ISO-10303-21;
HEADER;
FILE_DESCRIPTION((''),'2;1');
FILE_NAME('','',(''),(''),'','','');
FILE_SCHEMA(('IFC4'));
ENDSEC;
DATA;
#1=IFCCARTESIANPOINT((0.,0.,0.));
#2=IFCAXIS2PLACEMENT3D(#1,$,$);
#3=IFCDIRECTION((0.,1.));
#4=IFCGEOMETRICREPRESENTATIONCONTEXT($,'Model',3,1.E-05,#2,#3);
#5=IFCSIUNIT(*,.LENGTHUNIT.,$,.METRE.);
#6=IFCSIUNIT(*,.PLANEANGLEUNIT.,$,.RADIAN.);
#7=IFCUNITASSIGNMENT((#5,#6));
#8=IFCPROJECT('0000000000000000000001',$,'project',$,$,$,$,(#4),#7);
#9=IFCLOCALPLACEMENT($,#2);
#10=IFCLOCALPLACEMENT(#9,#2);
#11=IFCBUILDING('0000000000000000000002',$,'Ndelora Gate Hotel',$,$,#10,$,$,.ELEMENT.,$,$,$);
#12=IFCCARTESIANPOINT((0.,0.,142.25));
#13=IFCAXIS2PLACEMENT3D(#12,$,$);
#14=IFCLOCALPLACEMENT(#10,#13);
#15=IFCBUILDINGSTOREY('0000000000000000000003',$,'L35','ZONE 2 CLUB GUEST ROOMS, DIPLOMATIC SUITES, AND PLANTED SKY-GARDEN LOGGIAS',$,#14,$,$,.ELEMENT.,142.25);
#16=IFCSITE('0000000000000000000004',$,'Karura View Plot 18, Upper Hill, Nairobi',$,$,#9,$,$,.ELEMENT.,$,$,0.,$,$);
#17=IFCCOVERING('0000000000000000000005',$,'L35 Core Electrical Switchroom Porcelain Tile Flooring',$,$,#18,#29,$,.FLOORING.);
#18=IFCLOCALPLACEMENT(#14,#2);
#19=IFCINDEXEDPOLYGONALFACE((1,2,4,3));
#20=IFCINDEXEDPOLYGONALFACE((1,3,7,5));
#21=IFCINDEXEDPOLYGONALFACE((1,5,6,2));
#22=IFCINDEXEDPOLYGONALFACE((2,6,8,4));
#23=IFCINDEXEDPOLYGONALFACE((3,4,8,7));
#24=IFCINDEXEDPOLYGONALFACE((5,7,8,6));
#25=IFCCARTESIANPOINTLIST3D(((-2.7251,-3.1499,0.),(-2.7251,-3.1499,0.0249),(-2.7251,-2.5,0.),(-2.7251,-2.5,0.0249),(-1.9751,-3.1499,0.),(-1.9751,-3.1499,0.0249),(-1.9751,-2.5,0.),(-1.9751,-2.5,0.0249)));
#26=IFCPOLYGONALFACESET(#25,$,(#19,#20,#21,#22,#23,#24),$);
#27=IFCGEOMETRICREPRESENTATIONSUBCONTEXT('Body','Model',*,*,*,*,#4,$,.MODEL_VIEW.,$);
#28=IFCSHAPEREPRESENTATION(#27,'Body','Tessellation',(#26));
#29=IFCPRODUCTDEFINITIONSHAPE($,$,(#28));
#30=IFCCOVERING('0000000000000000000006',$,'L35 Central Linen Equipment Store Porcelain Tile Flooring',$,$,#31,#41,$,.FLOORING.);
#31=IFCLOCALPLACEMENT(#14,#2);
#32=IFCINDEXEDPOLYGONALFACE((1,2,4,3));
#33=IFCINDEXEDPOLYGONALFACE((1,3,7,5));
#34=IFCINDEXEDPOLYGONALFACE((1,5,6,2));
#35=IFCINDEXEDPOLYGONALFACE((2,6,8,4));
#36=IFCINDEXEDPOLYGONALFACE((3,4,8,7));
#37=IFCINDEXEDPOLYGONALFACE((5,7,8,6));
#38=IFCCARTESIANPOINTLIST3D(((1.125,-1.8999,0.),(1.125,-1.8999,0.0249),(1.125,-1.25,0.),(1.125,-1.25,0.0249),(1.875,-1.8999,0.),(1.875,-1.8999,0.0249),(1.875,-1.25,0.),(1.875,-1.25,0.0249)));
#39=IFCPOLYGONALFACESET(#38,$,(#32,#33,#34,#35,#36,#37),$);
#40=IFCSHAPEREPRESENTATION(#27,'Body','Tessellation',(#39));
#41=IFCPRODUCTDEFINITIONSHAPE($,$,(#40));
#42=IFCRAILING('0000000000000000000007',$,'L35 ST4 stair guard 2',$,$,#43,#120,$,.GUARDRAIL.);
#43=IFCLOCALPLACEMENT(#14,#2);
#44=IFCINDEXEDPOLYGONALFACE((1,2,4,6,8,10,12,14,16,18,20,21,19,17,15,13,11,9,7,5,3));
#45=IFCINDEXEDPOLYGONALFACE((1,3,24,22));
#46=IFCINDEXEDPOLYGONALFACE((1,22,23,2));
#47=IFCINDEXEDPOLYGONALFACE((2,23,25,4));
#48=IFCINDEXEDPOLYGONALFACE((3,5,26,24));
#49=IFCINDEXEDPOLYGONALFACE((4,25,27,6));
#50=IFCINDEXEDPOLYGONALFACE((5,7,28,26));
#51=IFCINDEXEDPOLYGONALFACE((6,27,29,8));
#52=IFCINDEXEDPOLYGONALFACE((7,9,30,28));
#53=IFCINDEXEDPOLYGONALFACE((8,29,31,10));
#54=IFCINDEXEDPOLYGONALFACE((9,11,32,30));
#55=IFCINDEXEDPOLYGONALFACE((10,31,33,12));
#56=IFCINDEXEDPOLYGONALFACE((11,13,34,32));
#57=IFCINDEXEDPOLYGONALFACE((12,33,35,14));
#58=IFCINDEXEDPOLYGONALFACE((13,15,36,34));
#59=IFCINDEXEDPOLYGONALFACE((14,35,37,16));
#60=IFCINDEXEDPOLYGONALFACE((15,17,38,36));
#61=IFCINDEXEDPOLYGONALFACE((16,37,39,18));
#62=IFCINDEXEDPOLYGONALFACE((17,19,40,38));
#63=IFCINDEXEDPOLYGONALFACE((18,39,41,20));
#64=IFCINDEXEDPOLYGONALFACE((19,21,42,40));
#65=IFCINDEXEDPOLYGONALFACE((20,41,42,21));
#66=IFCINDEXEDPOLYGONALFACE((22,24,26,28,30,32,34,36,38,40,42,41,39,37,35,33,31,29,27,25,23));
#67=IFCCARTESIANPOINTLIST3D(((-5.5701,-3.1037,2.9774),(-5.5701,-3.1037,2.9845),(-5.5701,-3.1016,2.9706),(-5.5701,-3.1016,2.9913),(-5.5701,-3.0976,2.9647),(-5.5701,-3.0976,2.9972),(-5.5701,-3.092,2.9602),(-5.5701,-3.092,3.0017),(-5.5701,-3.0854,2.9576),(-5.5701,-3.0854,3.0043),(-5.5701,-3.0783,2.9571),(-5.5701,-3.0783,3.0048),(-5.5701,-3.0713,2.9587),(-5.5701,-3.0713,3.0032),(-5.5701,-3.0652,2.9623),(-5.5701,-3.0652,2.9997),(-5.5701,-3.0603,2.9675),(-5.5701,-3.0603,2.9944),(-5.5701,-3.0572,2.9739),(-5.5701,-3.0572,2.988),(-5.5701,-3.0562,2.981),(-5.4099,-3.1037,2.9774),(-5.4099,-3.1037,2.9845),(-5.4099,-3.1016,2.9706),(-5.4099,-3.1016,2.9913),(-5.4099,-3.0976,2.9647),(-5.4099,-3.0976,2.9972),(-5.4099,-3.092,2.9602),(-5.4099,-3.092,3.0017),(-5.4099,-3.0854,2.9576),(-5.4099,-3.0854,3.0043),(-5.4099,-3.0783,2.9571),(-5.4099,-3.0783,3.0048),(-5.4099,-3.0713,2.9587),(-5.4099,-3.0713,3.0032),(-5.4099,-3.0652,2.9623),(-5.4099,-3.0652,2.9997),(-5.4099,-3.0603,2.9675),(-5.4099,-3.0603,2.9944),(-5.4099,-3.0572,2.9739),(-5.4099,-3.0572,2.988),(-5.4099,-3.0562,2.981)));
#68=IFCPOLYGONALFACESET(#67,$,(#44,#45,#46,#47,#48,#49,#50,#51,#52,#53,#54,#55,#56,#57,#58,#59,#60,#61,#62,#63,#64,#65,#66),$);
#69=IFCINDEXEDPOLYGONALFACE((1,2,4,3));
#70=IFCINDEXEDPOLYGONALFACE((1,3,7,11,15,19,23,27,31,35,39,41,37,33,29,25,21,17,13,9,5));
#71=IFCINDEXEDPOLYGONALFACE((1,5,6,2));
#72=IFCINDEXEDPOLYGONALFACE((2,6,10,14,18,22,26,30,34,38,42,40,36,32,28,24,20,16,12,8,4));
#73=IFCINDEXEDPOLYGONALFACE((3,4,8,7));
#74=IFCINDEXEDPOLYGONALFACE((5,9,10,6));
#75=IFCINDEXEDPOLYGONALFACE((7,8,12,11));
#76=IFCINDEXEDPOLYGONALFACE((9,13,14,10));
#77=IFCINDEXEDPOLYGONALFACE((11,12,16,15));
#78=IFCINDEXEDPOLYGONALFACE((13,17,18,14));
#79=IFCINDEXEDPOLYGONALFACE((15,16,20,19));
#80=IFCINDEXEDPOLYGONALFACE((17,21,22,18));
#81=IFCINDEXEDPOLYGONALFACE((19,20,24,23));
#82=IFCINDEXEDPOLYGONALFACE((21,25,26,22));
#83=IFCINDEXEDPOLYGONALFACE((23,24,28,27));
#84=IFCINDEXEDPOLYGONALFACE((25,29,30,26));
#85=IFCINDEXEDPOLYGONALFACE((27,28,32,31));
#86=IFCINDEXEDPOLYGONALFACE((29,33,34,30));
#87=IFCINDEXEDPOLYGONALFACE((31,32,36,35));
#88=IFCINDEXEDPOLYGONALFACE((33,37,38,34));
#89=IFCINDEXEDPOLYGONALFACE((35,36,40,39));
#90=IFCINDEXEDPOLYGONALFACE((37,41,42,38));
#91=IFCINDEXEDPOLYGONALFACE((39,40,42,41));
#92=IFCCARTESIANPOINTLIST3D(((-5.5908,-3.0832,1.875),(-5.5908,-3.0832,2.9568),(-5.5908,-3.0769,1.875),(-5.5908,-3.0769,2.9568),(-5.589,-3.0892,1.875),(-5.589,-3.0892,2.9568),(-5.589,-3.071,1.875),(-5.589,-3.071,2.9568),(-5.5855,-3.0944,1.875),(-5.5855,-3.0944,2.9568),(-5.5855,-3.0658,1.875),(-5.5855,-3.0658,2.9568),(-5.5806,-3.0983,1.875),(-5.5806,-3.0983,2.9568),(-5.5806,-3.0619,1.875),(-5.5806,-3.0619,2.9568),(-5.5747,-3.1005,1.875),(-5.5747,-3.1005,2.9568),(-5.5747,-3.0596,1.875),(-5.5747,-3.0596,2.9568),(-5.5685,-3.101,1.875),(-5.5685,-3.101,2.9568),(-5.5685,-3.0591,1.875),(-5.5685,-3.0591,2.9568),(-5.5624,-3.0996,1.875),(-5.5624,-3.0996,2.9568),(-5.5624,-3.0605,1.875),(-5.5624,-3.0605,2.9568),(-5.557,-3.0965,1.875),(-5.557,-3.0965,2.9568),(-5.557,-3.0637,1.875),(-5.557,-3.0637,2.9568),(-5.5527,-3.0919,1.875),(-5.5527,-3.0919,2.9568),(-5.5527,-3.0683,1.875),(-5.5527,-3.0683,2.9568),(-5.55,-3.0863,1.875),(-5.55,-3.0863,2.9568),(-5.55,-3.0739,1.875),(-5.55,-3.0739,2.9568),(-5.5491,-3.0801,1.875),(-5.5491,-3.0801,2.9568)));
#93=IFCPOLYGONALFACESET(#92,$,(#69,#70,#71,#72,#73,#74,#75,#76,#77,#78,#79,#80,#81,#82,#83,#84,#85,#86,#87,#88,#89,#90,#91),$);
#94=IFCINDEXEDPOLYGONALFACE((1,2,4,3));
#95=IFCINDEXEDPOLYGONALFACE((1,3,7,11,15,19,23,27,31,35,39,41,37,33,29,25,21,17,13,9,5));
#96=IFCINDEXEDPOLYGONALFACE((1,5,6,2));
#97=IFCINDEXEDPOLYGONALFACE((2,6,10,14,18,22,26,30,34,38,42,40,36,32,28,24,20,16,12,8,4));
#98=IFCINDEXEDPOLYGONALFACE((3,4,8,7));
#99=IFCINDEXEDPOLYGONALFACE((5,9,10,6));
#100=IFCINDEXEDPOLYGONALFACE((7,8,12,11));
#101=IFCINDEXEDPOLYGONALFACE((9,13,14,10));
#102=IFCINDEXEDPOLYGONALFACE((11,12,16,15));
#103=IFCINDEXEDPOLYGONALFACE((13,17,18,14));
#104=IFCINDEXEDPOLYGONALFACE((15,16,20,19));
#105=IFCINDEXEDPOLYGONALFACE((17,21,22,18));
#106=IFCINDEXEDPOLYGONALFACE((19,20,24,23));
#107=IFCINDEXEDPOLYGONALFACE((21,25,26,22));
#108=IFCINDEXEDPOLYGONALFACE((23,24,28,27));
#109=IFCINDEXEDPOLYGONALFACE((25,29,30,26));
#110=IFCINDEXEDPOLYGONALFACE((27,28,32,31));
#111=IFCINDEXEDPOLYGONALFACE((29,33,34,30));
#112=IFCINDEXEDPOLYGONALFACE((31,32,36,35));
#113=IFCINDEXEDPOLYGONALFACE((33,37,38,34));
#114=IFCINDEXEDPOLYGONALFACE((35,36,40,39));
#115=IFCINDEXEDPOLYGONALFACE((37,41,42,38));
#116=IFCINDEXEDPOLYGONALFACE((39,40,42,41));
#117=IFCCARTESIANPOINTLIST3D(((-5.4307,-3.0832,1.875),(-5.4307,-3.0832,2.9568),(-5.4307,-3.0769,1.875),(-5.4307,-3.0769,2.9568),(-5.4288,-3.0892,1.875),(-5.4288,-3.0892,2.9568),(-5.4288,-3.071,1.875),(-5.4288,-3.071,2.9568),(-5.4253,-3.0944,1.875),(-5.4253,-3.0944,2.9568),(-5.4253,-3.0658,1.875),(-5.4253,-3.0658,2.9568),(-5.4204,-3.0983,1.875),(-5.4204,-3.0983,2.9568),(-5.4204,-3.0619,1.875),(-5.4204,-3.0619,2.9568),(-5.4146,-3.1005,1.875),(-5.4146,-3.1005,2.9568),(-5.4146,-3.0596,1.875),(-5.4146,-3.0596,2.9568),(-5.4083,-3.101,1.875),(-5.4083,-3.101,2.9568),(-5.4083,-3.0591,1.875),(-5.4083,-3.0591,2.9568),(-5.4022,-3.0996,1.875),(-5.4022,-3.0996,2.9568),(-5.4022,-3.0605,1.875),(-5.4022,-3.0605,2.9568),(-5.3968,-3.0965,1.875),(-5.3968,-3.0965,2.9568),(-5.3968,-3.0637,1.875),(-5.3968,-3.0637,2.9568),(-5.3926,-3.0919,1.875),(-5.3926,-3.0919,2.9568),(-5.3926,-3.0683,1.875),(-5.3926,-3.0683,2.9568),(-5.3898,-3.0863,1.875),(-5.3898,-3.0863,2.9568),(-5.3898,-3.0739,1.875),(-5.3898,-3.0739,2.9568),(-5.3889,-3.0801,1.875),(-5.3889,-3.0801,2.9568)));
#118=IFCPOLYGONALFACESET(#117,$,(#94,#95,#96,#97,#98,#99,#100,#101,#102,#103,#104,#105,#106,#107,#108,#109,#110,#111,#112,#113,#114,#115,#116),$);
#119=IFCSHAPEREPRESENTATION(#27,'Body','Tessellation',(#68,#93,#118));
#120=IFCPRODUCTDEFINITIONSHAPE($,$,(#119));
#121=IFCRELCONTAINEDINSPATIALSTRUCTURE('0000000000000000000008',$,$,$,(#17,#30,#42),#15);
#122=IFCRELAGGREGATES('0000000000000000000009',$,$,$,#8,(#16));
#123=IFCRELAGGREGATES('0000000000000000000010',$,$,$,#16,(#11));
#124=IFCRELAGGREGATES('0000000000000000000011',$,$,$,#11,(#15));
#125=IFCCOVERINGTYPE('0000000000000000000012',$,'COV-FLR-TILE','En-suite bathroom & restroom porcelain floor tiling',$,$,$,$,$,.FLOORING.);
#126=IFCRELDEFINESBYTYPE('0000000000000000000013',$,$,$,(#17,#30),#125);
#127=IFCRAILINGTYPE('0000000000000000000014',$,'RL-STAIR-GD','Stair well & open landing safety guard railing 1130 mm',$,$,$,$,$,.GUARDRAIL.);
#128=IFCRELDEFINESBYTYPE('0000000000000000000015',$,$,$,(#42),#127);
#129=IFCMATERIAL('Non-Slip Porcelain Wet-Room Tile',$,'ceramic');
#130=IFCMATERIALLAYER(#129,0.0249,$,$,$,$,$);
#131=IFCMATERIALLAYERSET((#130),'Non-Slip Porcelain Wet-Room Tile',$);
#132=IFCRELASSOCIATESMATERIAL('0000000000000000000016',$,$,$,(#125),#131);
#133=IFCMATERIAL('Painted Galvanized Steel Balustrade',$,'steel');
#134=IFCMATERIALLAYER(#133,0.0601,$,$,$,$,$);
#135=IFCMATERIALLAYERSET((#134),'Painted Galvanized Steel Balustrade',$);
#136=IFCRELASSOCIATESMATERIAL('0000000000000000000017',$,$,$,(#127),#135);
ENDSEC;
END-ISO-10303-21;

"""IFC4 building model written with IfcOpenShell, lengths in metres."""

from ifc_helpers import new_model, si_unit, direction, frame, origin, origin_2d, place, context, subcontext, project, spatial, rectangle, circle, extrude, material, layer, layer_set, type_object, element, save


model = new_model("IFC4")

# Units and contexts
model_context = context("Model", 3, precision=1e-05, world=origin(), true_north=direction((0.0, 1.0)))
body_context = subcontext(model_context, "Body", "Model", "MODEL_VIEW")
ifc_project = project(units=[si_unit("LENGTHUNIT", "METRE"), si_unit("PLANEANGLEUNIT", "RADIAN")], contexts=[model_context])

# Site, building, storey
site_placement = place(None, origin())
site = spatial("IfcSite", under=ifc_project, at=site_placement, Name="Karura View Plot 18, Upper Hill, Nairobi", CompositionType="ELEMENT", RefElevation=0.0)
building_placement = place(site_placement, origin())
building = spatial("IfcBuilding", under=site, at=building_placement, Name="Ndelora Gate Hotel", CompositionType="ELEMENT")
storey_placement = place(building_placement, frame((0.0, 0.0, 142.25)))
storey = spatial("IfcBuildingStorey", under=building, at=storey_placement, Name="L35", Description="ZONE 2 CLUB GUEST ROOMS, DIPLOMATIC SUITES, AND PLANTED SKY-GARDEN LOGGIAS", CompositionType="ELEMENT", Elevation=142.25)

# Coverings
ifc_material_1 = material(Name="Non-Slip Porcelain Wet-Room Tile", Category="ceramic")
ifc_layer_1 = layer(ifc_material_1, 0.0249)
ifc_layer_set_1 = layer_set([ifc_layer_1], Name="Non-Slip Porcelain Wet-Room Tile")
covering_type = type_object("IfcCoveringType", Name="COV-FLR-TILE", Description="En-suite bathroom & restroom porcelain floor tiling", PredefinedType="FLOORING", material=ifc_layer_set_1)
for number, where, z_axis, x_axis, name in (
    (1, (-2.3501, -2.825, 0.0), (0.0, 0.0, 1.0), (1.0, 0.0, 0.0), "L35 Core Electrical Switchroom Porcelain Tile Flooring"),
    (2, (1.5, -1.575, 0.0), (0.0, 0.0, 1.0), (1.0, 0.0, 0.0), "L35 Central Linen Equipment Store Porcelain Tile Flooring"),
):
    element("IfcCovering", number, at=place(storey_placement, frame(where, z_axis=z_axis, x_axis=x_axis)), inside=storey, type_object=covering_type, Name=name, PredefinedType="FLOORING", context=body_context, shape_type="SweptSolid", body=[
        extrude(rectangle(XDim=0.75, YDim=0.6499, at=origin_2d()), origin(), (0.0, 0.0, 1.0), 0.0249),
    ])

# Railing
ifc_material_2 = material(Name="Painted Galvanized Steel Balustrade", Category="steel")
ifc_layer_2 = layer(ifc_material_2, 0.0601)
ifc_layer_set_2 = layer_set([ifc_layer_2], Name="Painted Galvanized Steel Balustrade")
railing_type_1 = type_object("IfcRailingType", Name="RL-STAIR-GD", Description="Stair well & open landing safety guard railing 1130 mm", PredefinedType="GUARDRAIL", material=ifc_layer_set_2)
railing_1_placement = place(storey_placement, frame((-5.5701, -3.0801, 1.875)))
element("IfcRailing", 3, at=railing_1_placement, inside=storey, type_object=railing_type_1, Name="L35 ST4 stair guard 2", PredefinedType="GUARDRAIL", context=body_context, shape_type="SweptSolid", body=[
    extrude(circle(Radius=0.0239, at=origin_2d()), frame((0.0, 0.0, 1.106), z_axis=(1.0, 0.0, 0.0), x_axis=(0.0, 1.0, 0.0)), (0.0, 0.0, 1.0), 0.1602),
    extrude(circle(Radius=0.021, at=origin_2d()), origin(), (0.0, 0.0, 1.0), 1.0818),
    extrude(circle(Radius=0.021, at=origin_2d()), frame((0.1602, 0.0, 0.0)), (0.0, 0.0, 1.0), 1.0818),
])

save(model, "model.ifc")
